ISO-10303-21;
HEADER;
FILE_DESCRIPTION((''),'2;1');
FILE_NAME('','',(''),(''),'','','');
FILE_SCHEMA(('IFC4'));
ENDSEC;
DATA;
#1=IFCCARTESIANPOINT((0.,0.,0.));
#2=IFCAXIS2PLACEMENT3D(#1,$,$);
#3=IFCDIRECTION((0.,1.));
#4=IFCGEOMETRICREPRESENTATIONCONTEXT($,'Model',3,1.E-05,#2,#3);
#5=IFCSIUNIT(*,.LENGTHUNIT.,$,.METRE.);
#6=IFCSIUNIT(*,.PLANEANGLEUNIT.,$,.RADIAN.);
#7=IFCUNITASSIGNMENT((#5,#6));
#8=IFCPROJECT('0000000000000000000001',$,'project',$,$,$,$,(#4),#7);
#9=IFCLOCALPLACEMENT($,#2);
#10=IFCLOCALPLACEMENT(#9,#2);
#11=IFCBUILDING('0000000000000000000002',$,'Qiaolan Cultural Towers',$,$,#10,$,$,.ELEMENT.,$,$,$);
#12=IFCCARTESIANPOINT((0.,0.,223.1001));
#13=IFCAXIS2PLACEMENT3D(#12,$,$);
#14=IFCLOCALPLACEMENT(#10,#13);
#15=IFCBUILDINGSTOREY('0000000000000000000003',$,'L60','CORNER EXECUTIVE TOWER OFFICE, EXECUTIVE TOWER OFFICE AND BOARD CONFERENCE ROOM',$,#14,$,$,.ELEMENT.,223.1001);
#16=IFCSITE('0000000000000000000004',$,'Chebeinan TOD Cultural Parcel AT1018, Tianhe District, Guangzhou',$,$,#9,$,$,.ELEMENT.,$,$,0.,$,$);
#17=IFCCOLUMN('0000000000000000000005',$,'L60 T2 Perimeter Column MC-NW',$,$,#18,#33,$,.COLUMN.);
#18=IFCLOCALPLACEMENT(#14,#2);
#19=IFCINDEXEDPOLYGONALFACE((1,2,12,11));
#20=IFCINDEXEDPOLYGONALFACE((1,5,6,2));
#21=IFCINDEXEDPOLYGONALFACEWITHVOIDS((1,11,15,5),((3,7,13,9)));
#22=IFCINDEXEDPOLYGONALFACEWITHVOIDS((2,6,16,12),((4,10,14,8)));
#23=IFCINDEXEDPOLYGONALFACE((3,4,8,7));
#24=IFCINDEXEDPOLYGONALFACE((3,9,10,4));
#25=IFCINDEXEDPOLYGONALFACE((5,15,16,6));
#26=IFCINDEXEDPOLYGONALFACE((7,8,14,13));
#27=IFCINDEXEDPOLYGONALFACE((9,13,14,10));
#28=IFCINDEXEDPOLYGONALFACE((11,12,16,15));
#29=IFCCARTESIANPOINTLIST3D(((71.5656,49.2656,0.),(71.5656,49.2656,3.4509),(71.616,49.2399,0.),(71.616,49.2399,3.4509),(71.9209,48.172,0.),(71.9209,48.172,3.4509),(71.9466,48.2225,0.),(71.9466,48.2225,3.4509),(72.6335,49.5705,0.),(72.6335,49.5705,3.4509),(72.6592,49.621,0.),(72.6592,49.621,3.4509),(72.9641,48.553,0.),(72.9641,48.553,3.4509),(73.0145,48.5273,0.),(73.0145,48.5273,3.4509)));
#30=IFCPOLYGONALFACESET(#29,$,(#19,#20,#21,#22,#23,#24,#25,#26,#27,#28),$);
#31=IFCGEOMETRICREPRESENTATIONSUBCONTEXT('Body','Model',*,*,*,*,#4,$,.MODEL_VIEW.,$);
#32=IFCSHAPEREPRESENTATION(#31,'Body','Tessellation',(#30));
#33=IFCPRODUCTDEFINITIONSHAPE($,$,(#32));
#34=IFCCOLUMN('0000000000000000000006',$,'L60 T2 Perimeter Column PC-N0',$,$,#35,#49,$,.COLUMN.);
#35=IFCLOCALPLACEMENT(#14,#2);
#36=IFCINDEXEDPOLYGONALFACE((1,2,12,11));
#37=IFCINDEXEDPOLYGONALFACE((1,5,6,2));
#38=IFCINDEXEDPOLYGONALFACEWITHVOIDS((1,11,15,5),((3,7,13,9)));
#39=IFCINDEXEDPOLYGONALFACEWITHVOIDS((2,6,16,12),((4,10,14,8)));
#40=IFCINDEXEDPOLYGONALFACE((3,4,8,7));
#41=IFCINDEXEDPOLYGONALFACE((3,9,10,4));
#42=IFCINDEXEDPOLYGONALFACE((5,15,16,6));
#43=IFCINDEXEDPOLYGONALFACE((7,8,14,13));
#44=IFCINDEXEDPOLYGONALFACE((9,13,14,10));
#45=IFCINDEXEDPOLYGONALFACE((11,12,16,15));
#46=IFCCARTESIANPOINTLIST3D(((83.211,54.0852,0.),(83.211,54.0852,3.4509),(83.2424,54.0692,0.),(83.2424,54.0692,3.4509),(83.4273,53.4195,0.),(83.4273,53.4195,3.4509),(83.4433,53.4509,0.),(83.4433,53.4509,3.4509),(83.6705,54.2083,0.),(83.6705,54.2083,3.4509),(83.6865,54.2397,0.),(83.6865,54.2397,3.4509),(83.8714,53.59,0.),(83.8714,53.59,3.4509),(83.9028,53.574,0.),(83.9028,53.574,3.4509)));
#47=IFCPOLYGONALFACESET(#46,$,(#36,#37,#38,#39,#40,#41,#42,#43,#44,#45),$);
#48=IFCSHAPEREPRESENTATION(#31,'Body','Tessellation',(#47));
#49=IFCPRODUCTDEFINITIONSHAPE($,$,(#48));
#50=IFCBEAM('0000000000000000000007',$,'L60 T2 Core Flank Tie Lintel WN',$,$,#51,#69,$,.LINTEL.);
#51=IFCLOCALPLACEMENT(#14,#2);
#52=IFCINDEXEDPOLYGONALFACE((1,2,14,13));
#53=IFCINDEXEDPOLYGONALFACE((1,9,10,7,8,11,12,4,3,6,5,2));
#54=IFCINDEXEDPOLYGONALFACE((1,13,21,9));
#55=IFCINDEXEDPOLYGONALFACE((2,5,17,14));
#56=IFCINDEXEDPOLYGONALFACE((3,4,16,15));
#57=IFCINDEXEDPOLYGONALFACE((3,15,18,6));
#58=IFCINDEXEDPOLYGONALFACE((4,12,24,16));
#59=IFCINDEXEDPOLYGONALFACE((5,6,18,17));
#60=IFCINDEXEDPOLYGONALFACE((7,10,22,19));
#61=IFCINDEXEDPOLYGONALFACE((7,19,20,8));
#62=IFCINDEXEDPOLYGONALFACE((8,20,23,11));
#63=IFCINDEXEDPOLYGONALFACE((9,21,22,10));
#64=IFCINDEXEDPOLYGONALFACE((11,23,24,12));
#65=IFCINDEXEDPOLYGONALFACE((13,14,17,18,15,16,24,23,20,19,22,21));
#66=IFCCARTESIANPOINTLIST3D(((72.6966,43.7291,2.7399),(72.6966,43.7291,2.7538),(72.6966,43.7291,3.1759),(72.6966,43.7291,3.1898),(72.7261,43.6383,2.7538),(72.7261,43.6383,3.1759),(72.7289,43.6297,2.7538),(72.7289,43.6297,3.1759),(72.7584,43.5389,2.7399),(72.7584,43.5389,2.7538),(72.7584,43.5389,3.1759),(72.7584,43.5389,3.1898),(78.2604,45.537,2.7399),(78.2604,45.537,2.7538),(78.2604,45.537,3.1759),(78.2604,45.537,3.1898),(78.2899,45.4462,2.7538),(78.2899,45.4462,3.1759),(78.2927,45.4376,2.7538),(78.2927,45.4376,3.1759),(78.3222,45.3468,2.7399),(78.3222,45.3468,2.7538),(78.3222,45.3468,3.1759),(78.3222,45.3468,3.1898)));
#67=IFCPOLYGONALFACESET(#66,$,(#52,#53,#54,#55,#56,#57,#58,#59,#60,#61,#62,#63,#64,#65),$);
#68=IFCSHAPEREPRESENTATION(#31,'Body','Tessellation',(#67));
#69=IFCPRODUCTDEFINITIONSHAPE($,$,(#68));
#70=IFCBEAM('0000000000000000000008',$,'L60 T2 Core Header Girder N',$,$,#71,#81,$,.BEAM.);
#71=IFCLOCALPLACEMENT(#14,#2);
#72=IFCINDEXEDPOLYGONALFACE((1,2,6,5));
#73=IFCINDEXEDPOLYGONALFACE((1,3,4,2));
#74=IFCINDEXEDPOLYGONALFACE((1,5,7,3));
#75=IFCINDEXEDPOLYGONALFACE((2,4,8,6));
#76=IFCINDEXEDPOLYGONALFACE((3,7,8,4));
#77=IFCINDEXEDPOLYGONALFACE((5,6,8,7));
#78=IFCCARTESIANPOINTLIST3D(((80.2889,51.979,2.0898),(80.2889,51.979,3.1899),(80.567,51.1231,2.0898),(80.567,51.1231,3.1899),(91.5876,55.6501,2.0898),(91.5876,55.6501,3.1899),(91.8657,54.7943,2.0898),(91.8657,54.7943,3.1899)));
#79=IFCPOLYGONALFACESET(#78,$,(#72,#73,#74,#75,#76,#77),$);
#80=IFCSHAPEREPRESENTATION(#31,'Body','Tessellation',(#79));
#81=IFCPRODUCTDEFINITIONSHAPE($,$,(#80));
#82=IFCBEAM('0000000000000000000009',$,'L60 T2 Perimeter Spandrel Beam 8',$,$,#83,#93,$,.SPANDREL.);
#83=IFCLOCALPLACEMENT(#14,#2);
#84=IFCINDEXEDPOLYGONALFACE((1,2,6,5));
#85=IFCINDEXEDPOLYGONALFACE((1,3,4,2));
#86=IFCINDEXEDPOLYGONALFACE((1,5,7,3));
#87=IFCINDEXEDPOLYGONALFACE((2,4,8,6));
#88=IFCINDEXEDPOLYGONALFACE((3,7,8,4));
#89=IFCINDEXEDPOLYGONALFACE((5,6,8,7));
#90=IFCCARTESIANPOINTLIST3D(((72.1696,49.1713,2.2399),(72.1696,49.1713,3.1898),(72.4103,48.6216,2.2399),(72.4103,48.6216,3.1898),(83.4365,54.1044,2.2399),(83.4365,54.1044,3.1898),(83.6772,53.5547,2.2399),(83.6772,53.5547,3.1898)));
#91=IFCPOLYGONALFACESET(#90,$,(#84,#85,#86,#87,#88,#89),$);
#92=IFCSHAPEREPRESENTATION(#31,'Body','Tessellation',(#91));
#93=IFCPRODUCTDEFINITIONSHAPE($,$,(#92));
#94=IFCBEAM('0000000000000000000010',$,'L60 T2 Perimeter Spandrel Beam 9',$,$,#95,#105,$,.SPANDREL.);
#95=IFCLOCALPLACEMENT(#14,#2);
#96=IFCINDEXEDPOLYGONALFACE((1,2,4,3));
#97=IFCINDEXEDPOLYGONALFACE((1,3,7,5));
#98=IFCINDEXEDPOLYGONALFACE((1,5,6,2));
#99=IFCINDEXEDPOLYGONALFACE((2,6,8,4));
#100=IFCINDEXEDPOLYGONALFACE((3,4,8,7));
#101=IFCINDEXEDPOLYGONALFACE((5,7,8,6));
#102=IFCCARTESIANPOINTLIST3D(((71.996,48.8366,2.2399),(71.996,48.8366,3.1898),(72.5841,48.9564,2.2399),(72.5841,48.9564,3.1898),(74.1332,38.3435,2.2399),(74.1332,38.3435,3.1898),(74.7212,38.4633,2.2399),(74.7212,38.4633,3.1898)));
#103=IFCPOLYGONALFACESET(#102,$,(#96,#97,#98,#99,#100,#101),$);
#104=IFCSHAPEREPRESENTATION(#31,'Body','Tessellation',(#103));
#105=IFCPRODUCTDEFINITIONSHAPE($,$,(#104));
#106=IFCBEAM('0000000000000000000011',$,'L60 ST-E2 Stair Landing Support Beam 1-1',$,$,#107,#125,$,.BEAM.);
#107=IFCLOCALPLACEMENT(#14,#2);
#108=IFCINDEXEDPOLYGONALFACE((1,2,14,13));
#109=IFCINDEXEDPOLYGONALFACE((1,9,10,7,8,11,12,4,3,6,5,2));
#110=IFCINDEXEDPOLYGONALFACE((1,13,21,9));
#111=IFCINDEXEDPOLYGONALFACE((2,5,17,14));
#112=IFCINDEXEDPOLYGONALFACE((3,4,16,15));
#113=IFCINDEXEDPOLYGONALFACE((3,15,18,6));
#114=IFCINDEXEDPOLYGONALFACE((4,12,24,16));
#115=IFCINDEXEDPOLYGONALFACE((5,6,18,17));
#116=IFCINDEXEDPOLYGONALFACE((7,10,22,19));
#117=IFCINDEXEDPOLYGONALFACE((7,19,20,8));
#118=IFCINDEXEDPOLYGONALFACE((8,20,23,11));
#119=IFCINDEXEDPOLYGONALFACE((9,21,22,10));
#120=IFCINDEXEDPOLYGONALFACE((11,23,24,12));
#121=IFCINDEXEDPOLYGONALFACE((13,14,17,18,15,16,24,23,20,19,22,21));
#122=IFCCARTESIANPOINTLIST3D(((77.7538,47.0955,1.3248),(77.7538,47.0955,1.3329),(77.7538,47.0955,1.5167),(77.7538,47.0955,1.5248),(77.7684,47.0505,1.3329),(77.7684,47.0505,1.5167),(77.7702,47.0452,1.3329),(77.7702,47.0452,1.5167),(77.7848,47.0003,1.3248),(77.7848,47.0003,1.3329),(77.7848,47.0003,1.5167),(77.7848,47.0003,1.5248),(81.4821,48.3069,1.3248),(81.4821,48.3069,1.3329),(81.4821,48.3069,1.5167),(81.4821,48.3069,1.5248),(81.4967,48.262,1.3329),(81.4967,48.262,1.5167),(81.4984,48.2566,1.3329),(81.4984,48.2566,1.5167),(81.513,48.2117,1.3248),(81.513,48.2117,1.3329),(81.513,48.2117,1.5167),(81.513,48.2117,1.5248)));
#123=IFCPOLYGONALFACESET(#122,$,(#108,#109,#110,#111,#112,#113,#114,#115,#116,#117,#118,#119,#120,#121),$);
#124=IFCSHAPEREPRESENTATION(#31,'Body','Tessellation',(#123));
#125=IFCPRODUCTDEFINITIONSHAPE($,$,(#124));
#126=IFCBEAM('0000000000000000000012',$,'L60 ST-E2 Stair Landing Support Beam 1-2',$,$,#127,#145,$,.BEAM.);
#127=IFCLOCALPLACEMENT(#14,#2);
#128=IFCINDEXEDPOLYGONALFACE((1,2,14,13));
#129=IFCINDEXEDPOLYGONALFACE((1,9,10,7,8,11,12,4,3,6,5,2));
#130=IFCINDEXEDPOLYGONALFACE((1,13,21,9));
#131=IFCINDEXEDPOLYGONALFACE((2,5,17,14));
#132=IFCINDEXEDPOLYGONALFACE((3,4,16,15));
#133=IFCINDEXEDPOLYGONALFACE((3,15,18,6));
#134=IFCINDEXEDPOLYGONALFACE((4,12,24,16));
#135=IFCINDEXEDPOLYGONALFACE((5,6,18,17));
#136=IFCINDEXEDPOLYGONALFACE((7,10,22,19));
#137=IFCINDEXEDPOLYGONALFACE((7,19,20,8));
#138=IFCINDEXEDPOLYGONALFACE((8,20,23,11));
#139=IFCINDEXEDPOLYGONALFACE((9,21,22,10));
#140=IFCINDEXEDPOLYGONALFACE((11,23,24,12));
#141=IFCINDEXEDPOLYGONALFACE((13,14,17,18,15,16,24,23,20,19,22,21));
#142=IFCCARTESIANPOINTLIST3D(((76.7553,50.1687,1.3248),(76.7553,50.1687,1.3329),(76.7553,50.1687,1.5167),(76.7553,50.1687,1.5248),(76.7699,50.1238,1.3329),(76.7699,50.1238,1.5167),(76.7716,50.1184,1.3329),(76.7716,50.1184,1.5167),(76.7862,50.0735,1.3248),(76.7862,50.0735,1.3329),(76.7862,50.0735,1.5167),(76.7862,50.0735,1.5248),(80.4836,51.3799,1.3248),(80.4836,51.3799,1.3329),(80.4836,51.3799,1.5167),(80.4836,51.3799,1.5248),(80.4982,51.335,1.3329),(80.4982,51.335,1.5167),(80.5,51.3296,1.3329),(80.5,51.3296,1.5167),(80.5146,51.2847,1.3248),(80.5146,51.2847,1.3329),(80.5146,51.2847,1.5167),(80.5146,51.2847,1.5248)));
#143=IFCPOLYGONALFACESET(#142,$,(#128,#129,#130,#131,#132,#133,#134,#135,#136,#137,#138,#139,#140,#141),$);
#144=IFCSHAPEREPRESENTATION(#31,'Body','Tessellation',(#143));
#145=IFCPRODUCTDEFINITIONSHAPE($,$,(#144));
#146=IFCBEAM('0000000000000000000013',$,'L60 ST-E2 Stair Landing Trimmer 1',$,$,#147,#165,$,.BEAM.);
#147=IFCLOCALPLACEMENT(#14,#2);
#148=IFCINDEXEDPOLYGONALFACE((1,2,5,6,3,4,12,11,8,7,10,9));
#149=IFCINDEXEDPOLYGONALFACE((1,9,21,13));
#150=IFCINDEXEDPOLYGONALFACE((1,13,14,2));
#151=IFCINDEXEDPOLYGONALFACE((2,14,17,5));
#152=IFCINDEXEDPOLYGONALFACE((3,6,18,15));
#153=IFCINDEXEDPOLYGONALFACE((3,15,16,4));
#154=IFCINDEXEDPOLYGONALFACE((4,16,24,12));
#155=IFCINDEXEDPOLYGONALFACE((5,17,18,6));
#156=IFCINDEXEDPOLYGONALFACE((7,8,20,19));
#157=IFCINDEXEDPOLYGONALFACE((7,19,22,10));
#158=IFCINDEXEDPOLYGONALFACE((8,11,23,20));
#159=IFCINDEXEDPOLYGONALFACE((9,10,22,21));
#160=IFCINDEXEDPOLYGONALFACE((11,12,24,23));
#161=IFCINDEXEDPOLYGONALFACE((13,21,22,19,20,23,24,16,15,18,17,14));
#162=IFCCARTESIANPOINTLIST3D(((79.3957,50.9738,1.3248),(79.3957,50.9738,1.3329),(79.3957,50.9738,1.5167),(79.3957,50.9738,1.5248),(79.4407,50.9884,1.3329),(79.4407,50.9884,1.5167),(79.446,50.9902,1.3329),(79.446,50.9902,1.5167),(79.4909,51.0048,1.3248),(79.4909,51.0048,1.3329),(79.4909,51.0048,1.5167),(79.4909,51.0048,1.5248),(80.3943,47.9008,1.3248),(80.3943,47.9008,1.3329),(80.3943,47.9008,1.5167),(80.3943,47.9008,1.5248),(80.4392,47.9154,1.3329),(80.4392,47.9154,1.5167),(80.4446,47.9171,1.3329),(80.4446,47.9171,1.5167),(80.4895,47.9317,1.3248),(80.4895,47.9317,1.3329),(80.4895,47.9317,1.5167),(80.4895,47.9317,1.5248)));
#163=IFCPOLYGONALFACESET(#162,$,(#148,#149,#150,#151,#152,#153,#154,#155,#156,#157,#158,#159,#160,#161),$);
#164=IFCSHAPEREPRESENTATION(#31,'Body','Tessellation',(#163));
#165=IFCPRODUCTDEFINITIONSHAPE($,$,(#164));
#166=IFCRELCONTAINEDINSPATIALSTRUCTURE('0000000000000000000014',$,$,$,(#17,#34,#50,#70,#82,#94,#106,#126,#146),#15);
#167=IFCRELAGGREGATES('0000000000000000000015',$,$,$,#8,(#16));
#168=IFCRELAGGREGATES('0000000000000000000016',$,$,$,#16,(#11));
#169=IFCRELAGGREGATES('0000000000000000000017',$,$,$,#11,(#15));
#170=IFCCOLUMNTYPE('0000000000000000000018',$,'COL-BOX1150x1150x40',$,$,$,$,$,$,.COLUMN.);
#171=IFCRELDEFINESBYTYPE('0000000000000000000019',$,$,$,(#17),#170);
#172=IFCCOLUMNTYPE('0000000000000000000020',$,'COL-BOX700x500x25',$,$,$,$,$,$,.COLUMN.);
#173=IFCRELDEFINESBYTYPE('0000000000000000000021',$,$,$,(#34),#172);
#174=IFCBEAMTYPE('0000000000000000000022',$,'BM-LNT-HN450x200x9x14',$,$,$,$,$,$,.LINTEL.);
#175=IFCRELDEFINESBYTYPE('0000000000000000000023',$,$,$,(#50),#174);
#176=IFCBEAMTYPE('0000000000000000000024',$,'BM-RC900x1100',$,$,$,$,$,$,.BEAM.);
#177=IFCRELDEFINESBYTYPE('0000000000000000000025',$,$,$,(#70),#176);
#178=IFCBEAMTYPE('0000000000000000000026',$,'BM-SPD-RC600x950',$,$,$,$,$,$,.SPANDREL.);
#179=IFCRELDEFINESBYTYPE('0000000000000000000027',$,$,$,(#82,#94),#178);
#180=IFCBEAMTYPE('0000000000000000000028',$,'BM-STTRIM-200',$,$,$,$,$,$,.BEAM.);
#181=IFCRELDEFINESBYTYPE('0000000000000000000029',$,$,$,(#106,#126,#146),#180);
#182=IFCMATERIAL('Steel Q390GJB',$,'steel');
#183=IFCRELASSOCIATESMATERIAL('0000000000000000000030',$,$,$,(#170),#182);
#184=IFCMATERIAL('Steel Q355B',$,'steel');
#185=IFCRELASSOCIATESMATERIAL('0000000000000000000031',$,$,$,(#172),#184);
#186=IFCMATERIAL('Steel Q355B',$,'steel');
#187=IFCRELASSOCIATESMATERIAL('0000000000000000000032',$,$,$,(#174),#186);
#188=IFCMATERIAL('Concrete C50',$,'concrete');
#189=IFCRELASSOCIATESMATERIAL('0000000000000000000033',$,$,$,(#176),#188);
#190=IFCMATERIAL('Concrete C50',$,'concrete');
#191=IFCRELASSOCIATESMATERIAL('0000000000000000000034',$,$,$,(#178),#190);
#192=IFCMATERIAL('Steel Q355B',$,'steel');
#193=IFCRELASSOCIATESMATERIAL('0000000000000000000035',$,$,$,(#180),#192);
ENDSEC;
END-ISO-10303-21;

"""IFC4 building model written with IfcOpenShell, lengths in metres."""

from ifc_helpers import new_model, si_unit, direction, frame, origin, origin_2d, place, context, subcontext, project, spatial, rectangle, hollow_rectangle, i_section, extrude, material, material_profile, profile_set, type_object, element, save


model = new_model("IFC4")

# Units and contexts
model_context = context("Model", 3, precision=1e-05, world=origin(), true_north=direction((0.0, 1.0)))
body_context = subcontext(model_context, "Body", "Model", "MODEL_VIEW")
ifc_project = project(units=[si_unit("LENGTHUNIT", "METRE"), si_unit("PLANEANGLEUNIT", "RADIAN")], contexts=[model_context])

# Site, building, storey
site_placement = place(None, origin())
site = spatial("IfcSite", under=ifc_project, at=site_placement, Name="Chebeinan TOD Cultural Parcel AT1018, Tianhe District, Guangzhou", CompositionType="ELEMENT", RefElevation=0.0)
building_placement = place(site_placement, origin())
building = spatial("IfcBuilding", under=site, at=building_placement, Name="Qiaolan Cultural Towers", CompositionType="ELEMENT")
storey_placement = place(building_placement, frame((0.0, 0.0, 223.1001)))
storey = spatial("IfcBuildingStorey", under=building, at=storey_placement, Name="L60", Description="CORNER EXECUTIVE TOWER OFFICE, EXECUTIVE TOWER OFFICE AND BOARD CONFERENCE ROOM", CompositionType="ELEMENT", Elevation=223.1001)

# Columns
ifc_material_1 = material(Name="Steel Q390GJB", Category="steel")
ifc_material_profile_1 = material_profile(ifc_material_1, hollow_rectangle(XDim=1.1499, YDim=1.1499, WallThickness=0.04, at=origin_2d()), Name="BOX1150x1150x40")
ifc_profile_set_1 = profile_set([ifc_material_profile_1], Name="Steel Q390GJB")
column_type_1 = type_object("IfcColumnType", Name="COL-BOX1150x1150x40", PredefinedType="COLUMN", material=ifc_profile_set_1)
column_1_placement = place(storey_placement, frame((72.29, 48.8965, 0.0), z_axis=(0.0, 0.0, 1.0), x_axis=(0.951057, 0.309017, 0.0)))
element("IfcColumn", 1, at=column_1_placement, inside=storey, type_object=column_type_1, Name="L60 T2 Perimeter Column MC-NW", PredefinedType="COLUMN", context=body_context, shape_type="SweptSolid", body=[
    extrude(hollow_rectangle(XDim=1.1499, YDim=1.1499, WallThickness=0.04, at=origin_2d()), origin(), (0.0, 0.0, 1.0), 3.4509),
])
ifc_material_2 = material(Name="Steel Q355B", Category="steel")
ifc_material_profile_2 = material_profile(ifc_material_2, hollow_rectangle(XDim=0.5, YDim=0.7, WallThickness=0.0249, at=origin_2d()), Name="BOX700x500x25")
ifc_profile_set_2 = profile_set([ifc_material_profile_2], Name="Steel Q355B")
column_type_2 = type_object("IfcColumnType", Name="COL-BOX700x500x25", PredefinedType="COLUMN", material=ifc_profile_set_2)
column_2_placement = place(storey_placement, frame((83.5569, 53.8296, 0.0), z_axis=(0.0, 0.0, 1.0), x_axis=(0.951057, 0.309017, 0.0)))
element("IfcColumn", 2, at=column_2_placement, inside=storey, type_object=column_type_2, Name="L60 T2 Perimeter Column PC-N0", PredefinedType="COLUMN", context=body_context, shape_type="SweptSolid", body=[
    extrude(hollow_rectangle(XDim=0.5, YDim=0.7, WallThickness=0.0249, at=origin_2d()), origin(), (0.0, 0.0, 1.0), 3.4509),
])

# Beams
ifc_material_3 = material(Name="Steel Q355B", Category="steel")
ifc_material_profile_3 = material_profile(ifc_material_3, i_section(OverallWidth=0.2, OverallDepth=0.45, WebThickness=0.009, FlangeThickness=0.0139, at=origin_2d()), Name="HN450x200x9x14")
ifc_profile_set_3 = profile_set([ifc_material_profile_3], Name="Steel Q355B")
beam_type_1 = type_object("IfcBeamType", Name="BM-LNT-HN450x200x9x14", PredefinedType="LINTEL", material=ifc_profile_set_3)
beam_1_placement = place(storey_placement, frame((78.2913, 45.4419, 2.9648), z_axis=(-0.951052, -0.309032, 0.0), x_axis=(0.309032, -0.951052, 0.0)))
element("IfcBeam", 3, at=beam_1_placement, inside=storey, type_object=beam_type_1, Name="L60 T2 Core Flank Tie Lintel WN", PredefinedType="LINTEL", context=body_context, shape_type="SweptSolid", body=[
    extrude(i_section(OverallWidth=0.2, OverallDepth=0.45, WebThickness=0.009, FlangeThickness=0.0139, at=origin_2d()), origin(), (0.0, 0.0, 1.0), 5.8501),
])
ifc_material_4 = material(Name="Concrete C50", Category="concrete")
ifc_material_profile_4 = material_profile(ifc_material_4, rectangle(XDim=0.8999, YDim=1.1001, at=origin_2d()), Name="RC900x1100")
ifc_profile_set_4 = profile_set([ifc_material_profile_4], Name="Concrete C50")
beam_type_2 = type_object("IfcBeamType", Name="BM-RC900x1100", PredefinedType="BEAM", material=ifc_profile_set_4)
beam_2_placement = place(storey_placement, frame((80.428, 51.551, 2.6399), z_axis=(0.951056, 0.309018, 0.0), x_axis=(-0.309018, 0.951056, 0.0)))
element("IfcBeam", 4, at=beam_2_placement, inside=storey, type_object=beam_type_2, Name="L60 T2 Core Header Girder N", PredefinedType="BEAM", context=body_context, shape_type="SweptSolid", body=[
    extrude(rectangle(XDim=0.8999, YDim=1.1001, at=origin_2d()), origin(), (0.0, 0.0, 1.0), 11.8801),
])
ifc_material_5 = material(Name="Concrete C50", Category="concrete")
ifc_material_profile_5 = material_profile(ifc_material_5, rectangle(XDim=0.6001, YDim=0.95, at=origin_2d()), Name="RC600x950")
ifc_profile_set_5 = profile_set([ifc_material_profile_5], Name="Concrete C50")
beam_type_3 = type_object("IfcBeamType", Name="BM-SPD-RC600x950", PredefinedType="SPANDREL", material=ifc_profile_set_5)
beam_3_placement = place(storey_placement, frame((83.5569, 53.8296, 2.7148), z_axis=(-0.916042, -0.401082, 0.0), x_axis=(0.401082, -0.916042, 0.0)))
element("IfcBeam", 5, at=beam_3_placement, inside=storey, type_object=beam_type_3, Name="L60 T2 Perimeter Spandrel Beam 8", PredefinedType="SPANDREL", context=body_context, shape_type="SweptSolid", body=[
    extrude(rectangle(XDim=0.6001, YDim=0.95, at=origin_2d()), origin(), (0.0, 0.0, 1.0), 12.2996),
])
beam_4_placement = place(storey_placement, frame((72.29, 48.8965, 2.7148), z_axis=(0.199579, -0.979882, 0.0), x_axis=(0.979882, 0.199579, 0.0)))
element("IfcBeam", 6, at=beam_4_placement, inside=storey, type_object=beam_type_3, Name="L60 T2 Perimeter Spandrel Beam 9", PredefinedType="SPANDREL", context=body_context, shape_type="SweptSolid", body=[
    extrude(rectangle(XDim=0.6001, YDim=0.95, at=origin_2d()), origin(), (0.0, 0.0, 1.0), 10.7085),
])
ifc_material_6 = material(Name="Steel Q355B", Category="steel")
ifc_material_profile_6 = material_profile(ifc_material_6, i_section(OverallWidth=0.1001, OverallDepth=0.2, WebThickness=0.0056, FlangeThickness=0.0081, at=origin_2d()), Name="HN200x100x5.5x8")
ifc_profile_set_6 = profile_set([ifc_material_profile_6], Name="Steel Q355B")
beam_type_4 = type_object("IfcBeamType", Name="BM-STTRIM-200", PredefinedType="BEAM", material=ifc_profile_set_6)
for number, where, z_axis, x_axis, name in (
    (7, (77.7693, 47.0479, 1.4248), (0.951054, 0.309026, 0.0), (-0.309026, 0.951054, 0.0), "L60 ST-E2 Stair Landing Support Beam 1-1"),
    (8, (76.7708, 50.1211, 1.4248), (0.951072, 0.308969, 0.0), (-0.308969, 0.951072, 0.0), "L60 ST-E2 Stair Landing Support Beam 1-2"),
):
    element("IfcBeam", number, at=place(storey_placement, frame(where, z_axis=z_axis, x_axis=x_axis)), inside=storey, type_object=beam_type_4, Name=name, PredefinedType="BEAM", context=body_context, shape_type="SweptSolid", body=[
        extrude(i_section(OverallWidth=0.1001, OverallDepth=0.2, WebThickness=0.0056, FlangeThickness=0.0081, at=origin_2d()), origin(), (0.0, 0.0, 1.0), 3.9202),
    ])
beam_5_placement = place(storey_placement, frame((80.4419, 47.9163, 1.4248), z_axis=(-0.309033, 0.951051, 0.0), x_axis=(-0.951051, -0.309033, 0.0)))
element("IfcBeam", 9, at=beam_5_placement, inside=storey, type_object=beam_type_4, Name="L60 ST-E2 Stair Landing Trimmer 1", PredefinedType="BEAM", context=body_context, shape_type="SweptSolid", body=[
    extrude(i_section(OverallWidth=0.1001, OverallDepth=0.2, WebThickness=0.0056, FlangeThickness=0.0081, at=origin_2d()), origin(), (0.0, 0.0, 1.0), 3.2312),
])

save(model, "model.ifc")
